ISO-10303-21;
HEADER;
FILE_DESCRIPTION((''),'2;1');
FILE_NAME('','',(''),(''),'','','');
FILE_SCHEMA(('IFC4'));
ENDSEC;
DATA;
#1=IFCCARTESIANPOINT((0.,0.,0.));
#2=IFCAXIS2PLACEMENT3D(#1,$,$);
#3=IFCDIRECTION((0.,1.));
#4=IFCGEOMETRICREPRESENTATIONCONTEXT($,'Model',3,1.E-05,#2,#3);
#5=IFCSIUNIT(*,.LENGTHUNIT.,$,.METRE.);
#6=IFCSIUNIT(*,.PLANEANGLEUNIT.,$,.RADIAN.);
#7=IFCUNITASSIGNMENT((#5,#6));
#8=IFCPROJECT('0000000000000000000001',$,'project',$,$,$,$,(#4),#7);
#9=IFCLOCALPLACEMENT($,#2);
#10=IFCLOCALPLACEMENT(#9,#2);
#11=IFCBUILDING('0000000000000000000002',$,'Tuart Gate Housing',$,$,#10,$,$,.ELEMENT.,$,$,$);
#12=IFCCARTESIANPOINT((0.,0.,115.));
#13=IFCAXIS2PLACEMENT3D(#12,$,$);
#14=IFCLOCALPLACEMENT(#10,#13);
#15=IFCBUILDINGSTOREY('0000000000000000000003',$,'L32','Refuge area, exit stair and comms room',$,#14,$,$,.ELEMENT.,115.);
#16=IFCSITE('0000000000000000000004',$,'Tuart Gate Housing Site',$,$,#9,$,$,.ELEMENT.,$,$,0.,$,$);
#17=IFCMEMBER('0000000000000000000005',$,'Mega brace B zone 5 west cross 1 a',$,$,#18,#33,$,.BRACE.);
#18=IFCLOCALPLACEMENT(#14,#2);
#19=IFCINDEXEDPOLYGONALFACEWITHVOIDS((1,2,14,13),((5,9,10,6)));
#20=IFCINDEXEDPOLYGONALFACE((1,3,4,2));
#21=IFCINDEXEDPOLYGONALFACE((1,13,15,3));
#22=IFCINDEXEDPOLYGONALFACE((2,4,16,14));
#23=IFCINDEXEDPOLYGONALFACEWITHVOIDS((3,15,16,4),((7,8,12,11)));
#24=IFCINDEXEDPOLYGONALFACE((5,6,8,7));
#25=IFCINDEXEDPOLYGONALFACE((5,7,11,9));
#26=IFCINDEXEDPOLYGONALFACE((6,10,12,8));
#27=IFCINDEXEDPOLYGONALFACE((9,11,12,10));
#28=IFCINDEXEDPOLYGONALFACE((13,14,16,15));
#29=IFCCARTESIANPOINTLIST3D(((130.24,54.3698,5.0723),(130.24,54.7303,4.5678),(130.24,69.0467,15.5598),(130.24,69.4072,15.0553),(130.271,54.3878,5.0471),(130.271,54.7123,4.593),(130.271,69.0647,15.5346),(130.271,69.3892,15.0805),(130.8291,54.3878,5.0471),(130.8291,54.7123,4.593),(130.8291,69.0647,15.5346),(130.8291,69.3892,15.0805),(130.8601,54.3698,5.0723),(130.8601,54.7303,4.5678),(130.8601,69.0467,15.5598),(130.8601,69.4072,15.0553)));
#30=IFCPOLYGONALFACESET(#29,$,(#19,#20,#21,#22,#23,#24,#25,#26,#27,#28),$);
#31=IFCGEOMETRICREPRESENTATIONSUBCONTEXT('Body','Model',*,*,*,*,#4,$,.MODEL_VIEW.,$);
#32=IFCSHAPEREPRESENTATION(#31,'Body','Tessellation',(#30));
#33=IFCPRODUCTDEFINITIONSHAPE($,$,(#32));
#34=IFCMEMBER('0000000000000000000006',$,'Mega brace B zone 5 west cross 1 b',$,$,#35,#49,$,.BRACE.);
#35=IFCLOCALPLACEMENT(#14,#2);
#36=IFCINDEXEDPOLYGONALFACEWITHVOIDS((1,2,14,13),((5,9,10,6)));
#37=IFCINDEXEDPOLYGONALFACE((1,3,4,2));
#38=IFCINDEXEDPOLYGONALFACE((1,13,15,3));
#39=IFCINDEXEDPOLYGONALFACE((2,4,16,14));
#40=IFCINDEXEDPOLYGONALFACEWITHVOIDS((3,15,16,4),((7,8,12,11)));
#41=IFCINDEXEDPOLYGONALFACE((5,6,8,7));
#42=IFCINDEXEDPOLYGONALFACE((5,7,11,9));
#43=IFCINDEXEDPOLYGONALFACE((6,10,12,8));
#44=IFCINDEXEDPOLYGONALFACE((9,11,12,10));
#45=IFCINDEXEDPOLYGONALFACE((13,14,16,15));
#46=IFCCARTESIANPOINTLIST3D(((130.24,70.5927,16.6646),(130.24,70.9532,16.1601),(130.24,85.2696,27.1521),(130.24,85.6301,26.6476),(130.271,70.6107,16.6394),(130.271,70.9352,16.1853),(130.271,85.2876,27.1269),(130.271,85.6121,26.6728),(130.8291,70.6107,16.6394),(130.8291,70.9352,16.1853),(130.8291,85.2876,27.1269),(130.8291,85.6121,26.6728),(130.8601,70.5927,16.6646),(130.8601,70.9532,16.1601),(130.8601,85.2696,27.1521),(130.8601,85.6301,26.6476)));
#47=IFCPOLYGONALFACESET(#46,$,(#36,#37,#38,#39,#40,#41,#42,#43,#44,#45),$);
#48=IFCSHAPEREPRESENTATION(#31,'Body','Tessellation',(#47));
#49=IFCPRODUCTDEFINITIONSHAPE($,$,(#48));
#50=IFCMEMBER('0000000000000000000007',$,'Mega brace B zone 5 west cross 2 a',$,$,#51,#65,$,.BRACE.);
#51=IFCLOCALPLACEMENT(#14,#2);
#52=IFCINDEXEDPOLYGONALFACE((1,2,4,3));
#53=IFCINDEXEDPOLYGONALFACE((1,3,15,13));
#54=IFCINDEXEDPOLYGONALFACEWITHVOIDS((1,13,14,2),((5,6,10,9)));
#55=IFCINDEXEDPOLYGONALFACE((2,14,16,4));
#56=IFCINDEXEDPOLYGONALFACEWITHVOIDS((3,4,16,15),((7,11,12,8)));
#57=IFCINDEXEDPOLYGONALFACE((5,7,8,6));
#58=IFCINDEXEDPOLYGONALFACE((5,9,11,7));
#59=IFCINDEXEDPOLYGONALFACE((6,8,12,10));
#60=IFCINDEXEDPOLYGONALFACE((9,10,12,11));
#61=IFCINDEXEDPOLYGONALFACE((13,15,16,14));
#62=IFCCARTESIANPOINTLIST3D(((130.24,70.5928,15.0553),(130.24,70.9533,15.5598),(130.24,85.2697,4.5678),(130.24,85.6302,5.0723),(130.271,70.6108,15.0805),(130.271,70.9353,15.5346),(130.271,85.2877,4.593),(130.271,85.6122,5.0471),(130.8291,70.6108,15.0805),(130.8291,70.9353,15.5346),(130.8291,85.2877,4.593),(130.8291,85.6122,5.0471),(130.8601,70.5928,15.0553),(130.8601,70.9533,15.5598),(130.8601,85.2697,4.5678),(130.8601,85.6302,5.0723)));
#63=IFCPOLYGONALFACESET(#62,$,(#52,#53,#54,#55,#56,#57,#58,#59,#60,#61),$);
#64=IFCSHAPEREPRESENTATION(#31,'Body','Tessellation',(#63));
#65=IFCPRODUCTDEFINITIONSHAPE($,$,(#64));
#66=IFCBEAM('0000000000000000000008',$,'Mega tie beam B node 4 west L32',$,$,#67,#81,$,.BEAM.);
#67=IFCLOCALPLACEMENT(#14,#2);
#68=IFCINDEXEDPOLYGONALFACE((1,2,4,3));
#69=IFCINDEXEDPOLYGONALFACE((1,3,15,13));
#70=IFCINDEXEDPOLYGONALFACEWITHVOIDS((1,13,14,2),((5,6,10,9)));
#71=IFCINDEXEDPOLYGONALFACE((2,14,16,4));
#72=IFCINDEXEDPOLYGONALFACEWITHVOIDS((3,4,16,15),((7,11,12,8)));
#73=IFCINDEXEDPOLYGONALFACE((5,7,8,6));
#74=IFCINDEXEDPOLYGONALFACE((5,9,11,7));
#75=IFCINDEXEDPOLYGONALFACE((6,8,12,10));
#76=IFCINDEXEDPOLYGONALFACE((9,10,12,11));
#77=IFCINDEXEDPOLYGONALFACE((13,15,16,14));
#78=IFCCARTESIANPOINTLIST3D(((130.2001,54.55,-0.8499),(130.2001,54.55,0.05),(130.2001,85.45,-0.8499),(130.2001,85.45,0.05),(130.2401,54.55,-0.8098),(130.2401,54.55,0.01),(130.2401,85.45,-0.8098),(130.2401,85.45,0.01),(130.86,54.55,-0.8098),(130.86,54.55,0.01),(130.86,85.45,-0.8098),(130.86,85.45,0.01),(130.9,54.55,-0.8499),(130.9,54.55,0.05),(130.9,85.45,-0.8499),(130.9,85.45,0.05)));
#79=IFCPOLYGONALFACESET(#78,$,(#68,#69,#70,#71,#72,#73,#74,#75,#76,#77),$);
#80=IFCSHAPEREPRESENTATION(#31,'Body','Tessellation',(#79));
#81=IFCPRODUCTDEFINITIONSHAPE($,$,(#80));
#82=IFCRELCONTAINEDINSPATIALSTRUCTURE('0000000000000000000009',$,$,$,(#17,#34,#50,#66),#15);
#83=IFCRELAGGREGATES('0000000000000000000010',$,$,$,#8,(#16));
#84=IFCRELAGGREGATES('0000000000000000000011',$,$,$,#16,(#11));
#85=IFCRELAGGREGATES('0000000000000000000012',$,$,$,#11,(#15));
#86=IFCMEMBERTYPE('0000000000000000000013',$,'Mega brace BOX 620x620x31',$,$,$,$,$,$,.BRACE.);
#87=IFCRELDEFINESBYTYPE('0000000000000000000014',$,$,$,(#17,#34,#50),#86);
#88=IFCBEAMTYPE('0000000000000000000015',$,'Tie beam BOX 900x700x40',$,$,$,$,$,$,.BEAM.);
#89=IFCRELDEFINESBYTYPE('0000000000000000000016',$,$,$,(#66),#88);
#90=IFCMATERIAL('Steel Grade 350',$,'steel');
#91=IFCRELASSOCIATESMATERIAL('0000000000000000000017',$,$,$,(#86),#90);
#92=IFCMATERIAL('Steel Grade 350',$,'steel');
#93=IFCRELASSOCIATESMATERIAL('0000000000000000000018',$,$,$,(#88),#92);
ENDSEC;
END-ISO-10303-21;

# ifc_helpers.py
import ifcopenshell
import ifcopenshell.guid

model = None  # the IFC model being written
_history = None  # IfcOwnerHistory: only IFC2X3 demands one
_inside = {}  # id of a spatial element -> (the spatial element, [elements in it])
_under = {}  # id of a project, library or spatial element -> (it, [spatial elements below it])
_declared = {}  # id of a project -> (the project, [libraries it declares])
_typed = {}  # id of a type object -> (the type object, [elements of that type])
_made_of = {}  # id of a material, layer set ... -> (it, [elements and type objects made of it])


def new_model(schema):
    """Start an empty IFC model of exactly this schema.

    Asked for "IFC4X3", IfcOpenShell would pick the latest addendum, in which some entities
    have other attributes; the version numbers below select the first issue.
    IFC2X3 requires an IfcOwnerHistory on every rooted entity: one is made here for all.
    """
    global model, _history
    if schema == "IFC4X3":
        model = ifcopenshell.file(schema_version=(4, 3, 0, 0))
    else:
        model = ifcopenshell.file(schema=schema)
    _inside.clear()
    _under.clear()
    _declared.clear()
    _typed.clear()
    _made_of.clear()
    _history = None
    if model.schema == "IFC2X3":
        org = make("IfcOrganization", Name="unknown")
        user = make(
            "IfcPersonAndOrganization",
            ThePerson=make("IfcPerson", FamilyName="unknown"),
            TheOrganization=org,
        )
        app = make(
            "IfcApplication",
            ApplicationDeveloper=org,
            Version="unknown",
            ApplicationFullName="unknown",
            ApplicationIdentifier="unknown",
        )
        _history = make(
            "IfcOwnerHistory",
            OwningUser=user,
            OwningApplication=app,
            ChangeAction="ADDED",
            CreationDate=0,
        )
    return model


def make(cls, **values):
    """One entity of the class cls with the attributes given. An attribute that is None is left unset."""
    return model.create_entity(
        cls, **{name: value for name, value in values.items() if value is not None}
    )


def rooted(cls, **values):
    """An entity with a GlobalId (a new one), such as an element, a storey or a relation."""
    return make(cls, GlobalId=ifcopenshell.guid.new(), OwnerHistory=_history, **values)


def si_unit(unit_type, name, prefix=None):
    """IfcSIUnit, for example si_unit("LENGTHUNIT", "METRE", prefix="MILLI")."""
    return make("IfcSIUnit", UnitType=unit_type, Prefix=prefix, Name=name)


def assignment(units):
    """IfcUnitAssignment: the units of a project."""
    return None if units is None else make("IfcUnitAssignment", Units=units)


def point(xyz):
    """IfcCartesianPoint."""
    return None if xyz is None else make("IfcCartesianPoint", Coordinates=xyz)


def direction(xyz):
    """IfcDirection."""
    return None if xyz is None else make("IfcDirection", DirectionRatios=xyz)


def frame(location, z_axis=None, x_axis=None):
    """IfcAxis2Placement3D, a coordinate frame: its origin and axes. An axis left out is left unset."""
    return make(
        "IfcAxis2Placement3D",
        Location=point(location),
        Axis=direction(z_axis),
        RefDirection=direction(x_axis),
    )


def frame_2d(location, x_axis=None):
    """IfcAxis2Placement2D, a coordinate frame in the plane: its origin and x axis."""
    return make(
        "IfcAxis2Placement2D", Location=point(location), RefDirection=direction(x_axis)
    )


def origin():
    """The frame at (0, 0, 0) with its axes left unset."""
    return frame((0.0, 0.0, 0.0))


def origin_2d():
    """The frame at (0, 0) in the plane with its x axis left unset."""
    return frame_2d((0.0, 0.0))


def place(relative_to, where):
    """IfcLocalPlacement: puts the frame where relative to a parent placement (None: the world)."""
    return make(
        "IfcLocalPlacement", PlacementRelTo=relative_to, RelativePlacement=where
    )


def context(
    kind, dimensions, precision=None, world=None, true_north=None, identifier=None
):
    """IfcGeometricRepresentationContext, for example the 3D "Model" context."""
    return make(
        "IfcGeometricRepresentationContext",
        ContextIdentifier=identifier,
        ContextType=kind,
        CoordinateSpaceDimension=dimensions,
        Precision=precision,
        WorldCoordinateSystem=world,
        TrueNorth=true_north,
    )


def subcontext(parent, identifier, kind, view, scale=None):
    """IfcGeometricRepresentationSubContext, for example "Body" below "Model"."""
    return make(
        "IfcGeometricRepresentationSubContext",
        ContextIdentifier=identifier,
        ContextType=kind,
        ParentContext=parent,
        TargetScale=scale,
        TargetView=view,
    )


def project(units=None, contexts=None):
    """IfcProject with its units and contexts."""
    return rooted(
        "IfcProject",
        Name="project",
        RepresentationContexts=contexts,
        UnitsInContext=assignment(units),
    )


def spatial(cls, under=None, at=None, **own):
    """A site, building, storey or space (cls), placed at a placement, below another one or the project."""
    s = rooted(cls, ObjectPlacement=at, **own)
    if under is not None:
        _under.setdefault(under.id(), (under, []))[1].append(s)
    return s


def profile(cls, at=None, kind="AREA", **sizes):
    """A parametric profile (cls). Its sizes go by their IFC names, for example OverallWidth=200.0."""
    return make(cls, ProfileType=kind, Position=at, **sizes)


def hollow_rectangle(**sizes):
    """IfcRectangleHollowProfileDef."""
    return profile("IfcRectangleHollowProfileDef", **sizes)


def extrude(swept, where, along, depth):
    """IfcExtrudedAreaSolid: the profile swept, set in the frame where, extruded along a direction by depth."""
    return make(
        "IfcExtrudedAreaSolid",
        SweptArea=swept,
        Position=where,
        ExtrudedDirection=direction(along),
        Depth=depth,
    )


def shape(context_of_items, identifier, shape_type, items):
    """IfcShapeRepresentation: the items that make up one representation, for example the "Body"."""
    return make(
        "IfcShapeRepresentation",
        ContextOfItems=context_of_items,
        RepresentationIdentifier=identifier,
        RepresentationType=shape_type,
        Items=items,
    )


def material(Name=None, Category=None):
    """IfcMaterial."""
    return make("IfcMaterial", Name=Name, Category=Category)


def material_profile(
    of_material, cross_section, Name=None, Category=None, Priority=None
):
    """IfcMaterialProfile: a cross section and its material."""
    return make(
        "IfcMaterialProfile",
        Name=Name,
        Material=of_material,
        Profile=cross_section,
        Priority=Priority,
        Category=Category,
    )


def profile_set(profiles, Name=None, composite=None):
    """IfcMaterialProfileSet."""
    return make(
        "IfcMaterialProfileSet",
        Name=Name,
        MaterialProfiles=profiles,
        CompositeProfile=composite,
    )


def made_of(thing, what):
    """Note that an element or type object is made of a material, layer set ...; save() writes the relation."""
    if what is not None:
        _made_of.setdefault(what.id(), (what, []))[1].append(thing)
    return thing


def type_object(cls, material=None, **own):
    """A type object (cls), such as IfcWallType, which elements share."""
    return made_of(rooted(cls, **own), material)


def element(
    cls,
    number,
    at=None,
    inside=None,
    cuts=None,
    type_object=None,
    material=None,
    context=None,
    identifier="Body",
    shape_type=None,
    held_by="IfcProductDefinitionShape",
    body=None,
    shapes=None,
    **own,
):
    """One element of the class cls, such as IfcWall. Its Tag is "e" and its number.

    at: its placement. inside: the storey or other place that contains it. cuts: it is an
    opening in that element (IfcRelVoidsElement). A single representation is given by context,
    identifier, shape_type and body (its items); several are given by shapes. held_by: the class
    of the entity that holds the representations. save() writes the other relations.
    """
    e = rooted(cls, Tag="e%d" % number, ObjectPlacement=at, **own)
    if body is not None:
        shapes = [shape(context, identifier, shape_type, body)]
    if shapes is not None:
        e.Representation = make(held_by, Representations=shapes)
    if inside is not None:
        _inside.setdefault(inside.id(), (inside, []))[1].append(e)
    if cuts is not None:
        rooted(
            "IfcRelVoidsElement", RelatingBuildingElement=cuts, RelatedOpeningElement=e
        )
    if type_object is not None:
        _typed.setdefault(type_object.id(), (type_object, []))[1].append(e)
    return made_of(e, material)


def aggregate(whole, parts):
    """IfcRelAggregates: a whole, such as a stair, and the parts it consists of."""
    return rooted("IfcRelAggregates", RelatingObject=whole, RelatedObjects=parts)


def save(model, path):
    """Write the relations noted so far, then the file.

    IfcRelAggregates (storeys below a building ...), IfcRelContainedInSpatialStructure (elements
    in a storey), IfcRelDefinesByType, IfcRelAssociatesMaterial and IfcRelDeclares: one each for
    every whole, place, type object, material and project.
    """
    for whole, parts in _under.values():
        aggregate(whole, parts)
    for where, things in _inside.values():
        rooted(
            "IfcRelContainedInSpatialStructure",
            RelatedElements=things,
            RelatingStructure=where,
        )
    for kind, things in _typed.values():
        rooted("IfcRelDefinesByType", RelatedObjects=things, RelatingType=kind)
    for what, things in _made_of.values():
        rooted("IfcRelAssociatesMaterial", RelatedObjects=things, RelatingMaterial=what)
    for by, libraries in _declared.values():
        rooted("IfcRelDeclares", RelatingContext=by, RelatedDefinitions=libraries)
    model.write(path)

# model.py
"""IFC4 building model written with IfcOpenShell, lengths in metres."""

from ifc_helpers import new_model, si_unit, direction, frame, origin, origin_2d, place, context, subcontext, project, spatial, hollow_rectangle, extrude, material, material_profile, profile_set, type_object, element, save


model = new_model("IFC4")

# Units and contexts
model_context = context("Model", 3, precision=1e-05, world=origin(), true_north=direction((0.0, 1.0)))
body_context = subcontext(model_context, "Body", "Model", "MODEL_VIEW")
ifc_project = project(units=[si_unit("LENGTHUNIT", "METRE"), si_unit("PLANEANGLEUNIT", "RADIAN")], contexts=[model_context])

# Site, building, storey
site_placement = place(None, origin())
site = spatial("IfcSite", under=ifc_project, at=site_placement, Name="Tuart Gate Housing Site", CompositionType="ELEMENT", RefElevation=0.0)
building_placement = place(site_placement, origin())
building = spatial("IfcBuilding", under=site, at=building_placement, Name="Tuart Gate Housing", CompositionType="ELEMENT")
storey_placement = place(building_placement, frame((0.0, 0.0, 115.0)))
storey = spatial("IfcBuildingStorey", under=building, at=storey_placement, Name="L32", Description="Refuge area, exit stair and comms room", CompositionType="ELEMENT", Elevation=115.0)

# Members
ifc_material_1 = material(Name="Steel Grade 350", Category="steel")
ifc_material_profile_1 = material_profile(ifc_material_1, hollow_rectangle(XDim=0.6201, YDim=0.6201, WallThickness=0.031, at=origin_2d()), Name="BOX 620x620x31")
ifc_profile_set_1 = profile_set([ifc_material_profile_1], Name="Steel Grade 350")
member_type_1 = type_object("IfcMemberType", Name="Mega brace BOX 620x620x31", PredefinedType="BRACE", material=ifc_profile_set_1)
for number, where, z_axis, x_axis, name in (
    (1, (130.55, 54.55, 4.8201), (0.0, 0.813629, 0.581384), (-1.0, 0.0, 0.0), "Mega brace B zone 5 west cross 1 a"),
    (2, (130.55, 70.7729, 16.4124), (0.0, 0.813629, 0.581384), (-1.0, 0.0, 0.0), "Mega brace B zone 5 west cross 1 b"),
    (3, (130.55, 85.45, 4.8201), (0.0, -0.813629, 0.581384), (1.0, 0.0, 0.0), "Mega brace B zone 5 west cross 2 a"),
):
    element("IfcMember", number, at=place(storey_placement, frame(where, z_axis=z_axis, x_axis=x_axis)), inside=storey, type_object=member_type_1, Name=name, PredefinedType="BRACE", context=body_context, shape_type="SweptSolid", body=[
        extrude(hollow_rectangle(XDim=0.6201, YDim=0.6201, WallThickness=0.031, at=origin_2d()), origin(), (0.0, 0.0, 1.0), 18.0388),
    ])

# Beam
ifc_material_2 = material(Name="Steel Grade 350", Category="steel")
ifc_material_profile_2 = material_profile(ifc_material_2, hollow_rectangle(XDim=0.7, YDim=0.8999, WallThickness=0.04, at=origin_2d()), Name="BOX 900x700x40")
ifc_profile_set_2 = profile_set([ifc_material_profile_2], Name="Steel Grade 350")
beam_type = type_object("IfcBeamType", Name="Tie beam BOX 900x700x40", PredefinedType="BEAM", material=ifc_profile_set_2)
beam_placement = place(storey_placement, frame((130.55, 54.55, -0.3999), z_axis=(0.0, 1.0, 0.0), x_axis=(-1.0, 0.0, 0.0)))
element("IfcBeam", 4, at=beam_placement, inside=storey, type_object=beam_type, Name="Mega tie beam B node 4 west L32", PredefinedType="BEAM", context=body_context, shape_type="SweptSolid", body=[
    extrude(hollow_rectangle(XDim=0.7, YDim=0.8999, WallThickness=0.04, at=origin_2d()), origin(), (0.0, 0.0, 1.0), 30.8999),
])

save(model, "model.ifc")
